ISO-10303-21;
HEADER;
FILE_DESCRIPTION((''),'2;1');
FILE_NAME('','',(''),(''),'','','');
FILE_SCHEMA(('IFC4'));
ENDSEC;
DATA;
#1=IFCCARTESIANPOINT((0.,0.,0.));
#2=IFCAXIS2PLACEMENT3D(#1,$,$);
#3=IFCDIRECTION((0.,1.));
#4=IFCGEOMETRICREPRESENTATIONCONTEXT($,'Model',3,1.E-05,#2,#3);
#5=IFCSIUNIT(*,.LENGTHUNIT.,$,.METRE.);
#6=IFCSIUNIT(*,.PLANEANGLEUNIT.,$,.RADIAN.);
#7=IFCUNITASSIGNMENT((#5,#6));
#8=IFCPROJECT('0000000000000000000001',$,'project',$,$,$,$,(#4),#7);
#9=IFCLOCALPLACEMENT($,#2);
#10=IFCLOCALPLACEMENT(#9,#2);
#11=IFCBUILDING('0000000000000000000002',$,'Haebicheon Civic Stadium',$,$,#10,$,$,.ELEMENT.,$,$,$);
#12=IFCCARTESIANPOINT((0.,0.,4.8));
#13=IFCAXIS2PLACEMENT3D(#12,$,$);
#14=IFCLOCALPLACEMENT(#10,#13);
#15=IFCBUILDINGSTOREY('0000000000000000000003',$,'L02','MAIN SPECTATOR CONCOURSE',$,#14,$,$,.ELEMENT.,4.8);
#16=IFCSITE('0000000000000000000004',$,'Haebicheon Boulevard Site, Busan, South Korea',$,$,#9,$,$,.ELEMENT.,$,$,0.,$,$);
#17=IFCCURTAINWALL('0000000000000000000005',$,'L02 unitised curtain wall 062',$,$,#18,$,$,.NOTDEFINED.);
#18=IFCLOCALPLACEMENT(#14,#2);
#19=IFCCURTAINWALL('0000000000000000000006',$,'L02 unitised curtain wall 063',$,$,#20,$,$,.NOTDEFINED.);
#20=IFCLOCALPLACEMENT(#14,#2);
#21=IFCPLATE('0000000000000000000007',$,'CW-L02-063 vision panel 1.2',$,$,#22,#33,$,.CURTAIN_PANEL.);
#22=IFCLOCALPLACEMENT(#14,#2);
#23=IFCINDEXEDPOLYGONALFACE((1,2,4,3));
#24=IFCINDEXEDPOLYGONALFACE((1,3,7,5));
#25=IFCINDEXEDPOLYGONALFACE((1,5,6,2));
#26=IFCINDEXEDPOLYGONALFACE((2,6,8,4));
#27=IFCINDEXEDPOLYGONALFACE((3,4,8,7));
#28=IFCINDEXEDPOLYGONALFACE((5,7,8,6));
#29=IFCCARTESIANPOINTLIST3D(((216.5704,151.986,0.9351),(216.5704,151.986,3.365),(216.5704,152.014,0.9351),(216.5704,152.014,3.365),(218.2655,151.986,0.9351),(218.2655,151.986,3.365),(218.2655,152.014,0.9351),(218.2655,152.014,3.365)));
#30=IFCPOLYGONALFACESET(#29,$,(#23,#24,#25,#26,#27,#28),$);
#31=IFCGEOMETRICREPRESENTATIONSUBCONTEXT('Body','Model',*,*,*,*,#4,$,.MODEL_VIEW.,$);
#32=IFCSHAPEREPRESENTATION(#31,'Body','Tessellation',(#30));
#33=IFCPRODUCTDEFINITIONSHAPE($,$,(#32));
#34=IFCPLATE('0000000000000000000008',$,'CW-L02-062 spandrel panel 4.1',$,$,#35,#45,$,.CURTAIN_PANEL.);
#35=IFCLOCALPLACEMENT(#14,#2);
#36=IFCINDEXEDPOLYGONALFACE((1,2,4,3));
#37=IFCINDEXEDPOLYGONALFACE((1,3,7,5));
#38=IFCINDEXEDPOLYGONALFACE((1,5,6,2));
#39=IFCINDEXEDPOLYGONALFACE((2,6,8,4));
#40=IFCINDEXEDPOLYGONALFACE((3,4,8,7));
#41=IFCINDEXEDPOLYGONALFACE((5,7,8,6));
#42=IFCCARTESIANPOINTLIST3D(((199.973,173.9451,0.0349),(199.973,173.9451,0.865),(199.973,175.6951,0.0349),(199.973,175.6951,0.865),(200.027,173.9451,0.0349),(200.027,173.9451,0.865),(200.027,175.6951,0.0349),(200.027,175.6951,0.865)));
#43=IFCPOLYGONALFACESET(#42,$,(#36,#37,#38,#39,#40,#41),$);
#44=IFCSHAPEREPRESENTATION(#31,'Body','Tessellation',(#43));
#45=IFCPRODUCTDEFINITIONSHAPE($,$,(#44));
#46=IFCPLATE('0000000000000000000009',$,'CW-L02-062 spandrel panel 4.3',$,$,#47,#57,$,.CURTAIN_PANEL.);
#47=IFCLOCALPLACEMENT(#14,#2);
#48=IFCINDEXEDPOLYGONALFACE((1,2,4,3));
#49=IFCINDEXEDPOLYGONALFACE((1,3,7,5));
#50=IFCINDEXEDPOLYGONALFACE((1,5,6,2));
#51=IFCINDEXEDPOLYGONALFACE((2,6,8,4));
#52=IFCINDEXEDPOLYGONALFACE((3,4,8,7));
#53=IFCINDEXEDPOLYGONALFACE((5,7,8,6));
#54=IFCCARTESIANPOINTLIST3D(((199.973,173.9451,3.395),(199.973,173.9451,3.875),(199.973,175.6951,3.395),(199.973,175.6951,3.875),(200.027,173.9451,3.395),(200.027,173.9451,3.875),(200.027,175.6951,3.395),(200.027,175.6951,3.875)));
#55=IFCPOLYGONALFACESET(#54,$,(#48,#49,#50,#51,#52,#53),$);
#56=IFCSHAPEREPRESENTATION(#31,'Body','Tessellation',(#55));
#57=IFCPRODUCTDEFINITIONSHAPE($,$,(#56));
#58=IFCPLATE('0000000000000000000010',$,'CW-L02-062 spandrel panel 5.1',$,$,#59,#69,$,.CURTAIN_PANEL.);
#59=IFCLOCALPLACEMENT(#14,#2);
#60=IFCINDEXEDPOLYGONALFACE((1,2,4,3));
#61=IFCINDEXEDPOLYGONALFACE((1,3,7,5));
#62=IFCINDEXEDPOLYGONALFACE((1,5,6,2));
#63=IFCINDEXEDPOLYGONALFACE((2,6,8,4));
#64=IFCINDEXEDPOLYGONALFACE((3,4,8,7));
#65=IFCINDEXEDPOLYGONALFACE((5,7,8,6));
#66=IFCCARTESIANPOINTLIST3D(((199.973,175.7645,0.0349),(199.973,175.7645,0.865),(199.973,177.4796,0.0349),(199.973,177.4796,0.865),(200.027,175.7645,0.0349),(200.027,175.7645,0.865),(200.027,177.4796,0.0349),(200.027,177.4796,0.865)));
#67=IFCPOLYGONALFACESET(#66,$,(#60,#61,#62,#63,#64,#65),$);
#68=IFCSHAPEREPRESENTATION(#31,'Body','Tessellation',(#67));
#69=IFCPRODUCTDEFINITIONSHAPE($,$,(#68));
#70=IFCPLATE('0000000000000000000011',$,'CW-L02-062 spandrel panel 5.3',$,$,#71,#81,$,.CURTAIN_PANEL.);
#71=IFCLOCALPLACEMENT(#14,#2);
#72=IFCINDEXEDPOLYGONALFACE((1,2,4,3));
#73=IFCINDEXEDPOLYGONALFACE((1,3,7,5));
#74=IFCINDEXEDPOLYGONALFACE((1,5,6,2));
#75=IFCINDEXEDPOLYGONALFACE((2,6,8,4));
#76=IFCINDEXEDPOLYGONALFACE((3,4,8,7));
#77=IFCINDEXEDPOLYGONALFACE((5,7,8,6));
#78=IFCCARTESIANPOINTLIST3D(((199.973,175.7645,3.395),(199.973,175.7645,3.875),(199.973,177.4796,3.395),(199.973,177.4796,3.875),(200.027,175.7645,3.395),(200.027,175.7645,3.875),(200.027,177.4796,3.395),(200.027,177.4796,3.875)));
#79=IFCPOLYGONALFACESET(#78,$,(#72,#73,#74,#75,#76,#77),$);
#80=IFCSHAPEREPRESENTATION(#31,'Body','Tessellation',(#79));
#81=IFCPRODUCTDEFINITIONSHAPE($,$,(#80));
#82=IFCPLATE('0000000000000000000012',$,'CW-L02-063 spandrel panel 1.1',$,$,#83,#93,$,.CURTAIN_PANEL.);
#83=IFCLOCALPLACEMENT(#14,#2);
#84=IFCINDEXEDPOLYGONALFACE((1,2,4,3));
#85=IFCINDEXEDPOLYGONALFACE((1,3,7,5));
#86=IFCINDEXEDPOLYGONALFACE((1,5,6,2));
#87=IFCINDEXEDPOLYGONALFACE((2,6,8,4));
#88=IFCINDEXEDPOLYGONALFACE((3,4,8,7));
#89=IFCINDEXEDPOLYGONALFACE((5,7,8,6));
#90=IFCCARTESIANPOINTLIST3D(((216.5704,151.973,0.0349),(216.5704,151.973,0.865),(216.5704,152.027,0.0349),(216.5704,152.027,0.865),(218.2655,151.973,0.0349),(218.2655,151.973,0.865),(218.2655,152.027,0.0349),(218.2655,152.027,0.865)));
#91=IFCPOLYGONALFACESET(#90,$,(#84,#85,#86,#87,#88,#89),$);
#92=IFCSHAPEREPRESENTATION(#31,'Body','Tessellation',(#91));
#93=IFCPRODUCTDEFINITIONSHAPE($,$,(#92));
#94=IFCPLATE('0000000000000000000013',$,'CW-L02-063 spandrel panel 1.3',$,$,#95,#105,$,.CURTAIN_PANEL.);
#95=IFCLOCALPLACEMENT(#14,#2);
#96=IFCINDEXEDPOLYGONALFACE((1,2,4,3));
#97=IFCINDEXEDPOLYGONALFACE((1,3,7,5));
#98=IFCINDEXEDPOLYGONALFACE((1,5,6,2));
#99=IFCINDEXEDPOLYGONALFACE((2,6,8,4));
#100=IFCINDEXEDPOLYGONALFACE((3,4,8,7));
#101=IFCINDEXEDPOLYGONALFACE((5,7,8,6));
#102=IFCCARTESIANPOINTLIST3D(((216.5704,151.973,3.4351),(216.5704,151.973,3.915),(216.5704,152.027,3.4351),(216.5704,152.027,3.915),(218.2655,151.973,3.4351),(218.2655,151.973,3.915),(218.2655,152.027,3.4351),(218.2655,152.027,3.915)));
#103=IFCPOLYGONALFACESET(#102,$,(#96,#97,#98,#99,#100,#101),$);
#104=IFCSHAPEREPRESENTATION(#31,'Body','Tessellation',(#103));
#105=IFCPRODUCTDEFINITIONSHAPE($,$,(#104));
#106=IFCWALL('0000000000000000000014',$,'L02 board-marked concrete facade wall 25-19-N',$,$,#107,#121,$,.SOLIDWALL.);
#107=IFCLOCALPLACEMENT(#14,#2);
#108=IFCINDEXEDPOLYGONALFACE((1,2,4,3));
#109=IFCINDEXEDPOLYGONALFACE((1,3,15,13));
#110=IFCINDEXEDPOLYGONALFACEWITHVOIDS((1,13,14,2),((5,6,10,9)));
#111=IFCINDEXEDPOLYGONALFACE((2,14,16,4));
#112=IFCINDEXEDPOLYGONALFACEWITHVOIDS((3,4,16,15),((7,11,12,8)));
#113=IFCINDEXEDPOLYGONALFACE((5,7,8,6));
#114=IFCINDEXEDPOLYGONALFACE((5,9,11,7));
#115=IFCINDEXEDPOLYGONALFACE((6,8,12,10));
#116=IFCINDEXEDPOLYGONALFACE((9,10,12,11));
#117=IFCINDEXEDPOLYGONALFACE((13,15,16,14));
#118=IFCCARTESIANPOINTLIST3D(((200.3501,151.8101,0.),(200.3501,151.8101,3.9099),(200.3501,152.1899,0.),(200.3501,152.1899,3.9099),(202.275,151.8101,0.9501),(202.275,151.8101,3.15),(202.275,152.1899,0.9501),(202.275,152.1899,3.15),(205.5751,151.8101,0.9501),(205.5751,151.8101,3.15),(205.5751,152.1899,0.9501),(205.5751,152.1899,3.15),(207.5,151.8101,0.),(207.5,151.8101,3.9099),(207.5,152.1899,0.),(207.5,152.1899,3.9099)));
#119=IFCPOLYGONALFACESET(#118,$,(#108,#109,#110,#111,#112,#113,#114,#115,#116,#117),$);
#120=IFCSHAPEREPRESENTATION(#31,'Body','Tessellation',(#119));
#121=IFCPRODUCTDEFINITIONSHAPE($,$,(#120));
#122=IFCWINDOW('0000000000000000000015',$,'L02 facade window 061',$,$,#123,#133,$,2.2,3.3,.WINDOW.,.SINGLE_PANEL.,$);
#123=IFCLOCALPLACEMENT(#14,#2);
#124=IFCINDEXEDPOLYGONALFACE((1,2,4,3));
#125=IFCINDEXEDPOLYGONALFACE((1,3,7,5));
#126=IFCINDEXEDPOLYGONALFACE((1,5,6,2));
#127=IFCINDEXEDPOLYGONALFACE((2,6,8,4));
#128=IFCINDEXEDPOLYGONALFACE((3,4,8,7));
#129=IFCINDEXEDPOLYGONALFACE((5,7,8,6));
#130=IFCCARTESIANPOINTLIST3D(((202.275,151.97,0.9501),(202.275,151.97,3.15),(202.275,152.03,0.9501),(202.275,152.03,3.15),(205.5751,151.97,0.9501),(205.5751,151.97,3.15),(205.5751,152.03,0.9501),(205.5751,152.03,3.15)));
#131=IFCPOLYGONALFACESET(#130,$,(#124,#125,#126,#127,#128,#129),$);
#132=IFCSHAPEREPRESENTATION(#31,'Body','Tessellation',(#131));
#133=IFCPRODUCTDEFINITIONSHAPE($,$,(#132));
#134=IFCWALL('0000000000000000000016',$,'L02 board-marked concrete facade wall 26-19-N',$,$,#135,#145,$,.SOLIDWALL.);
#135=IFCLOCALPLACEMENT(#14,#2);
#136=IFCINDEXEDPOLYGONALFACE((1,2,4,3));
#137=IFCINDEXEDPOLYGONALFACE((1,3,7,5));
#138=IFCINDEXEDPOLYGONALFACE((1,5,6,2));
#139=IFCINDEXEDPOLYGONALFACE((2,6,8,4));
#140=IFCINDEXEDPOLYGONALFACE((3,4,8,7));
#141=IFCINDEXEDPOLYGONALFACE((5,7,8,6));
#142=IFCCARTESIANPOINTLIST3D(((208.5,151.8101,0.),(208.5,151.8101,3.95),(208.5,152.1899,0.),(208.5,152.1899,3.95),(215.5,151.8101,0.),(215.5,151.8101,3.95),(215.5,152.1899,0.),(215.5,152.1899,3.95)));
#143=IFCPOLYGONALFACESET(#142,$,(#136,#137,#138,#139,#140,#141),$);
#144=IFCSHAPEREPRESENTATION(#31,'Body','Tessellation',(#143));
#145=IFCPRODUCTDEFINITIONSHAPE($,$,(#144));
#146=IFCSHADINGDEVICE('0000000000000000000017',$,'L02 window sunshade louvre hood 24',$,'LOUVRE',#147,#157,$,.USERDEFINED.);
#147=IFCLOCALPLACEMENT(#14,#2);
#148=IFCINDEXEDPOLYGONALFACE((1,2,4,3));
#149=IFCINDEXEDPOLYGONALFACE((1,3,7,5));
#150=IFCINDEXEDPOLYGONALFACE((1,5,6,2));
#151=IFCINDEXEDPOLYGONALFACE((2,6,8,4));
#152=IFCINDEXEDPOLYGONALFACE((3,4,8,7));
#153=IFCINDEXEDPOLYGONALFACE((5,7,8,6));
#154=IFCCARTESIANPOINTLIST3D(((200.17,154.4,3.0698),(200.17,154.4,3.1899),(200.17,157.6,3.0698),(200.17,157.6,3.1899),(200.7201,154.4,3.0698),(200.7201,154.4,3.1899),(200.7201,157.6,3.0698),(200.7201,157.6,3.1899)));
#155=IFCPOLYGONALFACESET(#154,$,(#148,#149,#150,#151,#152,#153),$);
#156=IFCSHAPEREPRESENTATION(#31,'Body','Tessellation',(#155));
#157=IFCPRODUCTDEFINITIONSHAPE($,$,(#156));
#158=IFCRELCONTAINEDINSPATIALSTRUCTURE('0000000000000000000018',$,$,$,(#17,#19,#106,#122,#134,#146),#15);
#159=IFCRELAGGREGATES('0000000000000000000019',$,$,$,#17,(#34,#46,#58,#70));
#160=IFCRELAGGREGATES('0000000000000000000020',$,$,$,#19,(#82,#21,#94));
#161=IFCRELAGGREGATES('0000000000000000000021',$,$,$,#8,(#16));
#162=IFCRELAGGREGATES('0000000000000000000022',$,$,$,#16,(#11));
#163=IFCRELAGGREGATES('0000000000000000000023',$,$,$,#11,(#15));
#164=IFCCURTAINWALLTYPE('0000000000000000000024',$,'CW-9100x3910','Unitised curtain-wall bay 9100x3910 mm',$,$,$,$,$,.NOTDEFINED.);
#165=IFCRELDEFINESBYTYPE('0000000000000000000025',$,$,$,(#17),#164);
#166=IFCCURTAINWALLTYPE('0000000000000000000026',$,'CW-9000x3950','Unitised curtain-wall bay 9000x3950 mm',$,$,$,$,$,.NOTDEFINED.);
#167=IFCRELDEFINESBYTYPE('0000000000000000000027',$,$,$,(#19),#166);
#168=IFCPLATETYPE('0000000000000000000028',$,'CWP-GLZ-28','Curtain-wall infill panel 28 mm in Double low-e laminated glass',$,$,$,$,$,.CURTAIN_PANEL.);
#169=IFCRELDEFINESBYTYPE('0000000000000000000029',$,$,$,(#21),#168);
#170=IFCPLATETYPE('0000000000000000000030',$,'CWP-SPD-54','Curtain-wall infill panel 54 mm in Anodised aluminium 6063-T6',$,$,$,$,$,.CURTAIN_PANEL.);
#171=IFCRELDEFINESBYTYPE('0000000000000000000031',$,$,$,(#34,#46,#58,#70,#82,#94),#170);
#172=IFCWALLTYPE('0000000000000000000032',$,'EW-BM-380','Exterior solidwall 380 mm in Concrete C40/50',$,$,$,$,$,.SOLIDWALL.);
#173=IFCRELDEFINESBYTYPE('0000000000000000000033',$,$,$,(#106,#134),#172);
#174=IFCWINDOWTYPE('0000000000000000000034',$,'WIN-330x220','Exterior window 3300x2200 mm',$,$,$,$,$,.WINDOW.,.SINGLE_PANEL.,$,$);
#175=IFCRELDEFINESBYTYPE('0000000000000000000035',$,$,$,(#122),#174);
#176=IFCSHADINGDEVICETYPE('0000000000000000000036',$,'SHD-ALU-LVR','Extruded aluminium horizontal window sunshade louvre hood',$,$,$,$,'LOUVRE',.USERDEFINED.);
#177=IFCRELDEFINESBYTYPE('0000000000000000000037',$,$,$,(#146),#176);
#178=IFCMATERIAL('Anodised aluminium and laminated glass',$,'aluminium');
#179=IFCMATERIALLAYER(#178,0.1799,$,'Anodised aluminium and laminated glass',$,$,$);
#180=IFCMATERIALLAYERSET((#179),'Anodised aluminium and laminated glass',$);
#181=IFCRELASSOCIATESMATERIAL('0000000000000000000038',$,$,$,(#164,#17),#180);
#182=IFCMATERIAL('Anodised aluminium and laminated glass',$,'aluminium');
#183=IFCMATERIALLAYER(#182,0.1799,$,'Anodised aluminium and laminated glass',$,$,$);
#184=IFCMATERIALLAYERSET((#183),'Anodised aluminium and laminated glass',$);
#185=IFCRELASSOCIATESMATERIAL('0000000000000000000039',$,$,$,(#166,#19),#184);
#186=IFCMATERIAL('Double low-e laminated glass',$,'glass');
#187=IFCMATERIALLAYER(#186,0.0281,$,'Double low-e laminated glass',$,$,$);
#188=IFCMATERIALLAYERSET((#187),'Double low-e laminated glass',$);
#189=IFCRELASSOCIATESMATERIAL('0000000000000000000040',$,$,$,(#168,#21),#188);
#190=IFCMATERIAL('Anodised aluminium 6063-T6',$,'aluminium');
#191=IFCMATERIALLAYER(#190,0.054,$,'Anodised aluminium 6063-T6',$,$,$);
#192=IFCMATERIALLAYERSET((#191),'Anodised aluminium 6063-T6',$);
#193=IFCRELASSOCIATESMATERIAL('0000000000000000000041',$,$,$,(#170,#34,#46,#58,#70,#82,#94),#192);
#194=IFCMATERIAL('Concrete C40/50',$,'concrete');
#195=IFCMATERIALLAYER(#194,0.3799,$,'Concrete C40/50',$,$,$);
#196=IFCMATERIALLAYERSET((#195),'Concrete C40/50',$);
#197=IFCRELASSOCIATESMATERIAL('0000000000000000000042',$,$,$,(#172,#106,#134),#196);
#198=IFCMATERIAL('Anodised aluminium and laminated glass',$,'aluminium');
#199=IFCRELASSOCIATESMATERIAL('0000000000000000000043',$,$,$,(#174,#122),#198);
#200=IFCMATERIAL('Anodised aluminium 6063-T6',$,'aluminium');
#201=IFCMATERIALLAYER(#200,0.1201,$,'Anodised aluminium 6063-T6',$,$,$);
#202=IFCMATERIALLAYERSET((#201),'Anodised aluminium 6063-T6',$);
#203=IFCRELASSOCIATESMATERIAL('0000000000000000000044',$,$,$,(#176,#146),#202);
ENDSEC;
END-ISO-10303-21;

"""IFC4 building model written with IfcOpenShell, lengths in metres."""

from ifc_helpers import new_model, si_unit, direction, frame, frame_2d, origin, origin_2d, place, context, subcontext, project, spatial, rectangle, extrude, material, layer, layer_set, type_object, element, fill, aggregate, save


model = new_model("IFC4")

# Units and contexts
model_context = context("Model", 3, precision=1e-05, world=origin(), true_north=direction((0.0, 1.0)))
body_context = subcontext(model_context, "Body", "Model", "MODEL_VIEW")
ifc_project = project(units=[si_unit("LENGTHUNIT", "METRE"), si_unit("PLANEANGLEUNIT", "RADIAN")], contexts=[model_context])

# Site, building, storey
site_placement = place(None, origin())
site = spatial("IfcSite", under=ifc_project, at=site_placement, Name="Haebicheon Boulevard Site, Busan, South Korea", CompositionType="ELEMENT", RefElevation=0.0)
building_placement = place(site_placement, origin())
building = spatial("IfcBuilding", under=site, at=building_placement, Name="Haebicheon Civic Stadium", CompositionType="ELEMENT")
storey_placement = place(building_placement, frame((0.0, 0.0, 4.8)))
storey = spatial("IfcBuildingStorey", under=building, at=storey_placement, Name="L02", Description="MAIN SPECTATOR CONCOURSE", CompositionType="ELEMENT", Elevation=4.8)

# Curtain walls
ifc_material_1 = material(Name="Anodised aluminium and laminated glass", Category="aluminium")
ifc_layer_1 = layer(ifc_material_1, 0.1799, Name="Anodised aluminium and laminated glass")
ifc_layer_set_1 = layer_set([ifc_layer_1], Name="Anodised aluminium and laminated glass")
curtain_wall_type_1 = type_object("IfcCurtainWallType", Name="CW-9100x3910", Description="Unitised curtain-wall bay 9100x3910 mm", PredefinedType="NOTDEFINED", material=ifc_layer_set_1)
curtain_wall_1_placement = place(storey_placement, origin())
curtain_wall_1 = element("IfcCurtainWall", 1, at=curtain_wall_1_placement, inside=storey, type_object=curtain_wall_type_1, material=ifc_layer_set_1, Name="L02 unitised curtain wall 062", PredefinedType="NOTDEFINED")
ifc_material_2 = material(Name="Anodised aluminium and laminated glass", Category="aluminium")
ifc_layer_2 = layer(ifc_material_2, 0.1799, Name="Anodised aluminium and laminated glass")
ifc_layer_set_2 = layer_set([ifc_layer_2], Name="Anodised aluminium and laminated glass")
curtain_wall_type_2 = type_object("IfcCurtainWallType", Name="CW-9000x3950", Description="Unitised curtain-wall bay 9000x3950 mm", PredefinedType="NOTDEFINED", material=ifc_layer_set_2)
curtain_wall_2_placement = place(storey_placement, origin())
curtain_wall_2 = element("IfcCurtainWall", 2, at=curtain_wall_2_placement, inside=storey, type_object=curtain_wall_type_2, material=ifc_layer_set_2, Name="L02 unitised curtain wall 063", PredefinedType="NOTDEFINED")

# Plates
ifc_material_3 = material(Name="Double low-e laminated glass", Category="glass")
ifc_layer_3 = layer(ifc_material_3, 0.0281, Name="Double low-e laminated glass")
ifc_layer_set_3 = layer_set([ifc_layer_3], Name="Double low-e laminated glass")
plate_type_1 = type_object("IfcPlateType", Name="CWP-GLZ-28", Description="Curtain-wall infill panel 28 mm in Double low-e laminated glass", PredefinedType="CURTAIN_PANEL", material=ifc_layer_set_3)
plate_1_placement = place(storey_placement, frame((217.418, 152.0, 0.9351), z_axis=(0.0, 0.0, 1.0), x_axis=(1.0, 0.0, 0.0)))
plate_1 = element("IfcPlate", 3, at=plate_1_placement, type_object=plate_type_1, material=ifc_layer_set_3, Name="CW-L02-063 vision panel 1.2", PredefinedType="CURTAIN_PANEL", context=body_context, shape_type="SweptSolid", body=[
    extrude(rectangle(XDim=1.6951, YDim=0.0281, at=origin_2d()), origin(), (0.0, 0.0, 1.0), 2.4299),
])
ifc_material_4 = material(Name="Anodised aluminium 6063-T6", Category="aluminium")
ifc_layer_4 = layer(ifc_material_4, 0.054, Name="Anodised aluminium 6063-T6")
ifc_layer_set_4 = layer_set([ifc_layer_4], Name="Anodised aluminium 6063-T6")
plate_type_2 = type_object("IfcPlateType", Name="CWP-SPD-54", Description="Curtain-wall infill panel 54 mm in Anodised aluminium 6063-T6", PredefinedType="CURTAIN_PANEL", material=ifc_layer_set_4)
plate_2_placement = place(storey_placement, frame((200.0, 174.8201, 0.0349), z_axis=(0.0, 0.0, 1.0), x_axis=(0.0, 1.0, 0.0)))
plate_2 = element("IfcPlate", 4, at=plate_2_placement, type_object=plate_type_2, material=ifc_layer_set_4, Name="CW-L02-062 spandrel panel 4.1", PredefinedType="CURTAIN_PANEL", context=body_context, shape_type="SweptSolid", body=[
    extrude(rectangle(XDim=1.75, YDim=0.054, at=origin_2d()), origin(), (0.0, 0.0, 1.0), 0.8301),
])
plate_3_placement = place(storey_placement, frame((200.0, 174.8201, 3.395), z_axis=(0.0, 0.0, 1.0), x_axis=(0.0, 1.0, 0.0)))
plate_3 = element("IfcPlate", 5, at=plate_3_placement, type_object=plate_type_2, material=ifc_layer_set_4, Name="CW-L02-062 spandrel panel 4.3", PredefinedType="CURTAIN_PANEL", context=body_context, shape_type="SweptSolid", body=[
    extrude(rectangle(XDim=1.75, YDim=0.054, at=origin_2d()), origin(), (0.0, 0.0, 1.0), 0.48),
])
plate_4_placement = place(storey_placement, frame((200.0, 176.6221, 0.0349), z_axis=(0.0, 0.0, 1.0), x_axis=(0.0, 1.0, 0.0)))
plate_4 = element("IfcPlate", 6, at=plate_4_placement, type_object=plate_type_2, material=ifc_layer_set_4, Name="CW-L02-062 spandrel panel 5.1", PredefinedType="CURTAIN_PANEL", context=body_context, shape_type="SweptSolid", body=[
    extrude(rectangle(XDim=1.7151, YDim=0.054, at=origin_2d()), origin(), (0.0, 0.0, 1.0), 0.8301),
])
plate_5_placement = place(storey_placement, frame((200.0, 176.6221, 3.395), z_axis=(0.0, 0.0, 1.0), x_axis=(0.0, 1.0, 0.0)))
plate_5 = element("IfcPlate", 7, at=plate_5_placement, type_object=plate_type_2, material=ifc_layer_set_4, Name="CW-L02-062 spandrel panel 5.3", PredefinedType="CURTAIN_PANEL", context=body_context, shape_type="SweptSolid", body=[
    extrude(rectangle(XDim=1.7151, YDim=0.054, at=origin_2d()), origin(), (0.0, 0.0, 1.0), 0.48),
])
aggregate(curtain_wall_1, [plate_2, plate_3, plate_4, plate_5])
plate_6_placement = place(storey_placement, frame((217.418, 152.0, 0.0349), z_axis=(0.0, 0.0, 1.0), x_axis=(1.0, 0.0, 0.0)))
plate_6 = element("IfcPlate", 8, at=plate_6_placement, type_object=plate_type_2, material=ifc_layer_set_4, Name="CW-L02-063 spandrel panel 1.1", PredefinedType="CURTAIN_PANEL", context=body_context, shape_type="SweptSolid", body=[
    extrude(rectangle(XDim=1.6951, YDim=0.054, at=origin_2d()), origin(), (0.0, 0.0, 1.0), 0.8301),
])
plate_7_placement = place(storey_placement, frame((217.418, 152.0, 3.4351), z_axis=(0.0, 0.0, 1.0), x_axis=(1.0, 0.0, 0.0)))
plate_7 = element("IfcPlate", 9, at=plate_7_placement, type_object=plate_type_2, material=ifc_layer_set_4, Name="CW-L02-063 spandrel panel 1.3", PredefinedType="CURTAIN_PANEL", context=body_context, shape_type="SweptSolid", body=[
    extrude(rectangle(XDim=1.6951, YDim=0.054, at=origin_2d()), origin(), (0.0, 0.0, 1.0), 0.48),
])
aggregate(curtain_wall_2, [plate_6, plate_1, plate_7])

# Wall, opening, window
ifc_material_5 = material(Name="Concrete C40/50", Category="concrete")
ifc_layer_5 = layer(ifc_material_5, 0.3799, Name="Concrete C40/50")
ifc_layer_set_5 = layer_set([ifc_layer_5], Name="Concrete C40/50")
wall_type = type_object("IfcWallType", Name="EW-BM-380", Description="Exterior solidwall 380 mm in Concrete C40/50", PredefinedType="SOLIDWALL", material=ifc_layer_set_5)
wall_1_placement = place(storey_placement, frame((200.3501, 152.0, 0.0), z_axis=(0.0, 0.0, 1.0), x_axis=(1.0, 0.0, 0.0)))
wall_1 = element("IfcWall", 10, at=wall_1_placement, inside=storey, type_object=wall_type, material=ifc_layer_set_5, Name="L02 board-marked concrete facade wall 25-19-N", PredefinedType="SOLIDWALL", context=body_context, shape_type="SweptSolid", body=[
    extrude(rectangle(XDim=7.1499, YDim=0.3799, at=frame_2d((3.575, 0.0))), origin(), (0.0, 0.0, 1.0), 3.9099),
])
opening_placement = place(wall_1_placement, frame((1.925, 0.0, 0.95)))
opening = element("IfcOpeningElement", 11, at=opening_placement, cuts=wall_1, PredefinedType="OPENING", context=body_context, shape_type="SweptSolid", body=[
    extrude(rectangle(XDim=3.3, YDim=2.2, at=frame_2d((1.6499, 1.1001))), frame((0.0, 0.2, 0.0), z_axis=(0.0, -1.0, 0.0), x_axis=(1.0, 0.0, 0.0)), (0.0, 0.0, 1.0), 0.3999),
])
ifc_material_6 = material(Name="Anodised aluminium and laminated glass", Category="aluminium")
window_type = type_object("IfcWindowType", Name="WIN-330x220", Description="Exterior window 3300x2200 mm", PartitioningType="SINGLE_PANEL", PredefinedType="WINDOW", material=ifc_material_6)
window_placement = place(opening_placement, origin())
window = element("IfcWindow", 12, at=window_placement, inside=storey, type_object=window_type, material=ifc_material_6, Name="L02 facade window 061", OverallHeight=2.2, OverallWidth=3.3, PartitioningType="SINGLE_PANEL", PredefinedType="WINDOW", context=body_context, shape_type="SweptSolid", body=[
    extrude(rectangle(XDim=3.3, YDim=2.2, at=frame_2d((1.6499, 1.1001))), frame((0.0, 0.03, 0.0), z_axis=(0.0, -1.0, 0.0), x_axis=(1.0, 0.0, 0.0)), (0.0, 0.0, 1.0), 0.0601),
])
fill(opening, window)

# Wall
wall_2_placement = place(storey_placement, frame((208.5, 152.0, 0.0), z_axis=(0.0, 0.0, 1.0), x_axis=(1.0, 0.0, 0.0)))
element("IfcWall", 13, at=wall_2_placement, inside=storey, type_object=wall_type, material=ifc_layer_set_5, Name="L02 board-marked concrete facade wall 26-19-N", PredefinedType="SOLIDWALL", context=body_context, shape_type="SweptSolid", body=[
    extrude(rectangle(XDim=7.0, YDim=0.3799, at=frame_2d((3.5, 0.0))), origin(), (0.0, 0.0, 1.0), 3.95),
])

# Shading device
ifc_material_7 = material(Name="Anodised aluminium 6063-T6", Category="aluminium")
ifc_layer_6 = layer(ifc_material_7, 0.1201, Name="Anodised aluminium 6063-T6")
ifc_layer_set_6 = layer_set([ifc_layer_6], Name="Anodised aluminium 6063-T6")
shading_device_type = type_object("IfcShadingDeviceType", Name="SHD-ALU-LVR", Description="Extruded aluminium horizontal window sunshade louvre hood", ElementType="LOUVRE", PredefinedType="USERDEFINED", material=ifc_layer_set_6)
shading_device_placement = place(storey_placement, frame((200.4451, 156.0, 3.0698), z_axis=(0.0, 0.0, 1.0), x_axis=(1.0, 0.0, 0.0)))
element("IfcShadingDevice", 14, at=shading_device_placement, inside=storey, type_object=shading_device_type, material=ifc_layer_set_6, Name="L02 window sunshade louvre hood 24", ObjectType="LOUVRE", PredefinedType="USERDEFINED", context=body_context, shape_type="SweptSolid", body=[
    extrude(rectangle(XDim=0.55, YDim=3.2, at=origin_2d()), origin(), (0.0, 0.0, 1.0), 0.1201),
])

save(model, "model.ifc")
